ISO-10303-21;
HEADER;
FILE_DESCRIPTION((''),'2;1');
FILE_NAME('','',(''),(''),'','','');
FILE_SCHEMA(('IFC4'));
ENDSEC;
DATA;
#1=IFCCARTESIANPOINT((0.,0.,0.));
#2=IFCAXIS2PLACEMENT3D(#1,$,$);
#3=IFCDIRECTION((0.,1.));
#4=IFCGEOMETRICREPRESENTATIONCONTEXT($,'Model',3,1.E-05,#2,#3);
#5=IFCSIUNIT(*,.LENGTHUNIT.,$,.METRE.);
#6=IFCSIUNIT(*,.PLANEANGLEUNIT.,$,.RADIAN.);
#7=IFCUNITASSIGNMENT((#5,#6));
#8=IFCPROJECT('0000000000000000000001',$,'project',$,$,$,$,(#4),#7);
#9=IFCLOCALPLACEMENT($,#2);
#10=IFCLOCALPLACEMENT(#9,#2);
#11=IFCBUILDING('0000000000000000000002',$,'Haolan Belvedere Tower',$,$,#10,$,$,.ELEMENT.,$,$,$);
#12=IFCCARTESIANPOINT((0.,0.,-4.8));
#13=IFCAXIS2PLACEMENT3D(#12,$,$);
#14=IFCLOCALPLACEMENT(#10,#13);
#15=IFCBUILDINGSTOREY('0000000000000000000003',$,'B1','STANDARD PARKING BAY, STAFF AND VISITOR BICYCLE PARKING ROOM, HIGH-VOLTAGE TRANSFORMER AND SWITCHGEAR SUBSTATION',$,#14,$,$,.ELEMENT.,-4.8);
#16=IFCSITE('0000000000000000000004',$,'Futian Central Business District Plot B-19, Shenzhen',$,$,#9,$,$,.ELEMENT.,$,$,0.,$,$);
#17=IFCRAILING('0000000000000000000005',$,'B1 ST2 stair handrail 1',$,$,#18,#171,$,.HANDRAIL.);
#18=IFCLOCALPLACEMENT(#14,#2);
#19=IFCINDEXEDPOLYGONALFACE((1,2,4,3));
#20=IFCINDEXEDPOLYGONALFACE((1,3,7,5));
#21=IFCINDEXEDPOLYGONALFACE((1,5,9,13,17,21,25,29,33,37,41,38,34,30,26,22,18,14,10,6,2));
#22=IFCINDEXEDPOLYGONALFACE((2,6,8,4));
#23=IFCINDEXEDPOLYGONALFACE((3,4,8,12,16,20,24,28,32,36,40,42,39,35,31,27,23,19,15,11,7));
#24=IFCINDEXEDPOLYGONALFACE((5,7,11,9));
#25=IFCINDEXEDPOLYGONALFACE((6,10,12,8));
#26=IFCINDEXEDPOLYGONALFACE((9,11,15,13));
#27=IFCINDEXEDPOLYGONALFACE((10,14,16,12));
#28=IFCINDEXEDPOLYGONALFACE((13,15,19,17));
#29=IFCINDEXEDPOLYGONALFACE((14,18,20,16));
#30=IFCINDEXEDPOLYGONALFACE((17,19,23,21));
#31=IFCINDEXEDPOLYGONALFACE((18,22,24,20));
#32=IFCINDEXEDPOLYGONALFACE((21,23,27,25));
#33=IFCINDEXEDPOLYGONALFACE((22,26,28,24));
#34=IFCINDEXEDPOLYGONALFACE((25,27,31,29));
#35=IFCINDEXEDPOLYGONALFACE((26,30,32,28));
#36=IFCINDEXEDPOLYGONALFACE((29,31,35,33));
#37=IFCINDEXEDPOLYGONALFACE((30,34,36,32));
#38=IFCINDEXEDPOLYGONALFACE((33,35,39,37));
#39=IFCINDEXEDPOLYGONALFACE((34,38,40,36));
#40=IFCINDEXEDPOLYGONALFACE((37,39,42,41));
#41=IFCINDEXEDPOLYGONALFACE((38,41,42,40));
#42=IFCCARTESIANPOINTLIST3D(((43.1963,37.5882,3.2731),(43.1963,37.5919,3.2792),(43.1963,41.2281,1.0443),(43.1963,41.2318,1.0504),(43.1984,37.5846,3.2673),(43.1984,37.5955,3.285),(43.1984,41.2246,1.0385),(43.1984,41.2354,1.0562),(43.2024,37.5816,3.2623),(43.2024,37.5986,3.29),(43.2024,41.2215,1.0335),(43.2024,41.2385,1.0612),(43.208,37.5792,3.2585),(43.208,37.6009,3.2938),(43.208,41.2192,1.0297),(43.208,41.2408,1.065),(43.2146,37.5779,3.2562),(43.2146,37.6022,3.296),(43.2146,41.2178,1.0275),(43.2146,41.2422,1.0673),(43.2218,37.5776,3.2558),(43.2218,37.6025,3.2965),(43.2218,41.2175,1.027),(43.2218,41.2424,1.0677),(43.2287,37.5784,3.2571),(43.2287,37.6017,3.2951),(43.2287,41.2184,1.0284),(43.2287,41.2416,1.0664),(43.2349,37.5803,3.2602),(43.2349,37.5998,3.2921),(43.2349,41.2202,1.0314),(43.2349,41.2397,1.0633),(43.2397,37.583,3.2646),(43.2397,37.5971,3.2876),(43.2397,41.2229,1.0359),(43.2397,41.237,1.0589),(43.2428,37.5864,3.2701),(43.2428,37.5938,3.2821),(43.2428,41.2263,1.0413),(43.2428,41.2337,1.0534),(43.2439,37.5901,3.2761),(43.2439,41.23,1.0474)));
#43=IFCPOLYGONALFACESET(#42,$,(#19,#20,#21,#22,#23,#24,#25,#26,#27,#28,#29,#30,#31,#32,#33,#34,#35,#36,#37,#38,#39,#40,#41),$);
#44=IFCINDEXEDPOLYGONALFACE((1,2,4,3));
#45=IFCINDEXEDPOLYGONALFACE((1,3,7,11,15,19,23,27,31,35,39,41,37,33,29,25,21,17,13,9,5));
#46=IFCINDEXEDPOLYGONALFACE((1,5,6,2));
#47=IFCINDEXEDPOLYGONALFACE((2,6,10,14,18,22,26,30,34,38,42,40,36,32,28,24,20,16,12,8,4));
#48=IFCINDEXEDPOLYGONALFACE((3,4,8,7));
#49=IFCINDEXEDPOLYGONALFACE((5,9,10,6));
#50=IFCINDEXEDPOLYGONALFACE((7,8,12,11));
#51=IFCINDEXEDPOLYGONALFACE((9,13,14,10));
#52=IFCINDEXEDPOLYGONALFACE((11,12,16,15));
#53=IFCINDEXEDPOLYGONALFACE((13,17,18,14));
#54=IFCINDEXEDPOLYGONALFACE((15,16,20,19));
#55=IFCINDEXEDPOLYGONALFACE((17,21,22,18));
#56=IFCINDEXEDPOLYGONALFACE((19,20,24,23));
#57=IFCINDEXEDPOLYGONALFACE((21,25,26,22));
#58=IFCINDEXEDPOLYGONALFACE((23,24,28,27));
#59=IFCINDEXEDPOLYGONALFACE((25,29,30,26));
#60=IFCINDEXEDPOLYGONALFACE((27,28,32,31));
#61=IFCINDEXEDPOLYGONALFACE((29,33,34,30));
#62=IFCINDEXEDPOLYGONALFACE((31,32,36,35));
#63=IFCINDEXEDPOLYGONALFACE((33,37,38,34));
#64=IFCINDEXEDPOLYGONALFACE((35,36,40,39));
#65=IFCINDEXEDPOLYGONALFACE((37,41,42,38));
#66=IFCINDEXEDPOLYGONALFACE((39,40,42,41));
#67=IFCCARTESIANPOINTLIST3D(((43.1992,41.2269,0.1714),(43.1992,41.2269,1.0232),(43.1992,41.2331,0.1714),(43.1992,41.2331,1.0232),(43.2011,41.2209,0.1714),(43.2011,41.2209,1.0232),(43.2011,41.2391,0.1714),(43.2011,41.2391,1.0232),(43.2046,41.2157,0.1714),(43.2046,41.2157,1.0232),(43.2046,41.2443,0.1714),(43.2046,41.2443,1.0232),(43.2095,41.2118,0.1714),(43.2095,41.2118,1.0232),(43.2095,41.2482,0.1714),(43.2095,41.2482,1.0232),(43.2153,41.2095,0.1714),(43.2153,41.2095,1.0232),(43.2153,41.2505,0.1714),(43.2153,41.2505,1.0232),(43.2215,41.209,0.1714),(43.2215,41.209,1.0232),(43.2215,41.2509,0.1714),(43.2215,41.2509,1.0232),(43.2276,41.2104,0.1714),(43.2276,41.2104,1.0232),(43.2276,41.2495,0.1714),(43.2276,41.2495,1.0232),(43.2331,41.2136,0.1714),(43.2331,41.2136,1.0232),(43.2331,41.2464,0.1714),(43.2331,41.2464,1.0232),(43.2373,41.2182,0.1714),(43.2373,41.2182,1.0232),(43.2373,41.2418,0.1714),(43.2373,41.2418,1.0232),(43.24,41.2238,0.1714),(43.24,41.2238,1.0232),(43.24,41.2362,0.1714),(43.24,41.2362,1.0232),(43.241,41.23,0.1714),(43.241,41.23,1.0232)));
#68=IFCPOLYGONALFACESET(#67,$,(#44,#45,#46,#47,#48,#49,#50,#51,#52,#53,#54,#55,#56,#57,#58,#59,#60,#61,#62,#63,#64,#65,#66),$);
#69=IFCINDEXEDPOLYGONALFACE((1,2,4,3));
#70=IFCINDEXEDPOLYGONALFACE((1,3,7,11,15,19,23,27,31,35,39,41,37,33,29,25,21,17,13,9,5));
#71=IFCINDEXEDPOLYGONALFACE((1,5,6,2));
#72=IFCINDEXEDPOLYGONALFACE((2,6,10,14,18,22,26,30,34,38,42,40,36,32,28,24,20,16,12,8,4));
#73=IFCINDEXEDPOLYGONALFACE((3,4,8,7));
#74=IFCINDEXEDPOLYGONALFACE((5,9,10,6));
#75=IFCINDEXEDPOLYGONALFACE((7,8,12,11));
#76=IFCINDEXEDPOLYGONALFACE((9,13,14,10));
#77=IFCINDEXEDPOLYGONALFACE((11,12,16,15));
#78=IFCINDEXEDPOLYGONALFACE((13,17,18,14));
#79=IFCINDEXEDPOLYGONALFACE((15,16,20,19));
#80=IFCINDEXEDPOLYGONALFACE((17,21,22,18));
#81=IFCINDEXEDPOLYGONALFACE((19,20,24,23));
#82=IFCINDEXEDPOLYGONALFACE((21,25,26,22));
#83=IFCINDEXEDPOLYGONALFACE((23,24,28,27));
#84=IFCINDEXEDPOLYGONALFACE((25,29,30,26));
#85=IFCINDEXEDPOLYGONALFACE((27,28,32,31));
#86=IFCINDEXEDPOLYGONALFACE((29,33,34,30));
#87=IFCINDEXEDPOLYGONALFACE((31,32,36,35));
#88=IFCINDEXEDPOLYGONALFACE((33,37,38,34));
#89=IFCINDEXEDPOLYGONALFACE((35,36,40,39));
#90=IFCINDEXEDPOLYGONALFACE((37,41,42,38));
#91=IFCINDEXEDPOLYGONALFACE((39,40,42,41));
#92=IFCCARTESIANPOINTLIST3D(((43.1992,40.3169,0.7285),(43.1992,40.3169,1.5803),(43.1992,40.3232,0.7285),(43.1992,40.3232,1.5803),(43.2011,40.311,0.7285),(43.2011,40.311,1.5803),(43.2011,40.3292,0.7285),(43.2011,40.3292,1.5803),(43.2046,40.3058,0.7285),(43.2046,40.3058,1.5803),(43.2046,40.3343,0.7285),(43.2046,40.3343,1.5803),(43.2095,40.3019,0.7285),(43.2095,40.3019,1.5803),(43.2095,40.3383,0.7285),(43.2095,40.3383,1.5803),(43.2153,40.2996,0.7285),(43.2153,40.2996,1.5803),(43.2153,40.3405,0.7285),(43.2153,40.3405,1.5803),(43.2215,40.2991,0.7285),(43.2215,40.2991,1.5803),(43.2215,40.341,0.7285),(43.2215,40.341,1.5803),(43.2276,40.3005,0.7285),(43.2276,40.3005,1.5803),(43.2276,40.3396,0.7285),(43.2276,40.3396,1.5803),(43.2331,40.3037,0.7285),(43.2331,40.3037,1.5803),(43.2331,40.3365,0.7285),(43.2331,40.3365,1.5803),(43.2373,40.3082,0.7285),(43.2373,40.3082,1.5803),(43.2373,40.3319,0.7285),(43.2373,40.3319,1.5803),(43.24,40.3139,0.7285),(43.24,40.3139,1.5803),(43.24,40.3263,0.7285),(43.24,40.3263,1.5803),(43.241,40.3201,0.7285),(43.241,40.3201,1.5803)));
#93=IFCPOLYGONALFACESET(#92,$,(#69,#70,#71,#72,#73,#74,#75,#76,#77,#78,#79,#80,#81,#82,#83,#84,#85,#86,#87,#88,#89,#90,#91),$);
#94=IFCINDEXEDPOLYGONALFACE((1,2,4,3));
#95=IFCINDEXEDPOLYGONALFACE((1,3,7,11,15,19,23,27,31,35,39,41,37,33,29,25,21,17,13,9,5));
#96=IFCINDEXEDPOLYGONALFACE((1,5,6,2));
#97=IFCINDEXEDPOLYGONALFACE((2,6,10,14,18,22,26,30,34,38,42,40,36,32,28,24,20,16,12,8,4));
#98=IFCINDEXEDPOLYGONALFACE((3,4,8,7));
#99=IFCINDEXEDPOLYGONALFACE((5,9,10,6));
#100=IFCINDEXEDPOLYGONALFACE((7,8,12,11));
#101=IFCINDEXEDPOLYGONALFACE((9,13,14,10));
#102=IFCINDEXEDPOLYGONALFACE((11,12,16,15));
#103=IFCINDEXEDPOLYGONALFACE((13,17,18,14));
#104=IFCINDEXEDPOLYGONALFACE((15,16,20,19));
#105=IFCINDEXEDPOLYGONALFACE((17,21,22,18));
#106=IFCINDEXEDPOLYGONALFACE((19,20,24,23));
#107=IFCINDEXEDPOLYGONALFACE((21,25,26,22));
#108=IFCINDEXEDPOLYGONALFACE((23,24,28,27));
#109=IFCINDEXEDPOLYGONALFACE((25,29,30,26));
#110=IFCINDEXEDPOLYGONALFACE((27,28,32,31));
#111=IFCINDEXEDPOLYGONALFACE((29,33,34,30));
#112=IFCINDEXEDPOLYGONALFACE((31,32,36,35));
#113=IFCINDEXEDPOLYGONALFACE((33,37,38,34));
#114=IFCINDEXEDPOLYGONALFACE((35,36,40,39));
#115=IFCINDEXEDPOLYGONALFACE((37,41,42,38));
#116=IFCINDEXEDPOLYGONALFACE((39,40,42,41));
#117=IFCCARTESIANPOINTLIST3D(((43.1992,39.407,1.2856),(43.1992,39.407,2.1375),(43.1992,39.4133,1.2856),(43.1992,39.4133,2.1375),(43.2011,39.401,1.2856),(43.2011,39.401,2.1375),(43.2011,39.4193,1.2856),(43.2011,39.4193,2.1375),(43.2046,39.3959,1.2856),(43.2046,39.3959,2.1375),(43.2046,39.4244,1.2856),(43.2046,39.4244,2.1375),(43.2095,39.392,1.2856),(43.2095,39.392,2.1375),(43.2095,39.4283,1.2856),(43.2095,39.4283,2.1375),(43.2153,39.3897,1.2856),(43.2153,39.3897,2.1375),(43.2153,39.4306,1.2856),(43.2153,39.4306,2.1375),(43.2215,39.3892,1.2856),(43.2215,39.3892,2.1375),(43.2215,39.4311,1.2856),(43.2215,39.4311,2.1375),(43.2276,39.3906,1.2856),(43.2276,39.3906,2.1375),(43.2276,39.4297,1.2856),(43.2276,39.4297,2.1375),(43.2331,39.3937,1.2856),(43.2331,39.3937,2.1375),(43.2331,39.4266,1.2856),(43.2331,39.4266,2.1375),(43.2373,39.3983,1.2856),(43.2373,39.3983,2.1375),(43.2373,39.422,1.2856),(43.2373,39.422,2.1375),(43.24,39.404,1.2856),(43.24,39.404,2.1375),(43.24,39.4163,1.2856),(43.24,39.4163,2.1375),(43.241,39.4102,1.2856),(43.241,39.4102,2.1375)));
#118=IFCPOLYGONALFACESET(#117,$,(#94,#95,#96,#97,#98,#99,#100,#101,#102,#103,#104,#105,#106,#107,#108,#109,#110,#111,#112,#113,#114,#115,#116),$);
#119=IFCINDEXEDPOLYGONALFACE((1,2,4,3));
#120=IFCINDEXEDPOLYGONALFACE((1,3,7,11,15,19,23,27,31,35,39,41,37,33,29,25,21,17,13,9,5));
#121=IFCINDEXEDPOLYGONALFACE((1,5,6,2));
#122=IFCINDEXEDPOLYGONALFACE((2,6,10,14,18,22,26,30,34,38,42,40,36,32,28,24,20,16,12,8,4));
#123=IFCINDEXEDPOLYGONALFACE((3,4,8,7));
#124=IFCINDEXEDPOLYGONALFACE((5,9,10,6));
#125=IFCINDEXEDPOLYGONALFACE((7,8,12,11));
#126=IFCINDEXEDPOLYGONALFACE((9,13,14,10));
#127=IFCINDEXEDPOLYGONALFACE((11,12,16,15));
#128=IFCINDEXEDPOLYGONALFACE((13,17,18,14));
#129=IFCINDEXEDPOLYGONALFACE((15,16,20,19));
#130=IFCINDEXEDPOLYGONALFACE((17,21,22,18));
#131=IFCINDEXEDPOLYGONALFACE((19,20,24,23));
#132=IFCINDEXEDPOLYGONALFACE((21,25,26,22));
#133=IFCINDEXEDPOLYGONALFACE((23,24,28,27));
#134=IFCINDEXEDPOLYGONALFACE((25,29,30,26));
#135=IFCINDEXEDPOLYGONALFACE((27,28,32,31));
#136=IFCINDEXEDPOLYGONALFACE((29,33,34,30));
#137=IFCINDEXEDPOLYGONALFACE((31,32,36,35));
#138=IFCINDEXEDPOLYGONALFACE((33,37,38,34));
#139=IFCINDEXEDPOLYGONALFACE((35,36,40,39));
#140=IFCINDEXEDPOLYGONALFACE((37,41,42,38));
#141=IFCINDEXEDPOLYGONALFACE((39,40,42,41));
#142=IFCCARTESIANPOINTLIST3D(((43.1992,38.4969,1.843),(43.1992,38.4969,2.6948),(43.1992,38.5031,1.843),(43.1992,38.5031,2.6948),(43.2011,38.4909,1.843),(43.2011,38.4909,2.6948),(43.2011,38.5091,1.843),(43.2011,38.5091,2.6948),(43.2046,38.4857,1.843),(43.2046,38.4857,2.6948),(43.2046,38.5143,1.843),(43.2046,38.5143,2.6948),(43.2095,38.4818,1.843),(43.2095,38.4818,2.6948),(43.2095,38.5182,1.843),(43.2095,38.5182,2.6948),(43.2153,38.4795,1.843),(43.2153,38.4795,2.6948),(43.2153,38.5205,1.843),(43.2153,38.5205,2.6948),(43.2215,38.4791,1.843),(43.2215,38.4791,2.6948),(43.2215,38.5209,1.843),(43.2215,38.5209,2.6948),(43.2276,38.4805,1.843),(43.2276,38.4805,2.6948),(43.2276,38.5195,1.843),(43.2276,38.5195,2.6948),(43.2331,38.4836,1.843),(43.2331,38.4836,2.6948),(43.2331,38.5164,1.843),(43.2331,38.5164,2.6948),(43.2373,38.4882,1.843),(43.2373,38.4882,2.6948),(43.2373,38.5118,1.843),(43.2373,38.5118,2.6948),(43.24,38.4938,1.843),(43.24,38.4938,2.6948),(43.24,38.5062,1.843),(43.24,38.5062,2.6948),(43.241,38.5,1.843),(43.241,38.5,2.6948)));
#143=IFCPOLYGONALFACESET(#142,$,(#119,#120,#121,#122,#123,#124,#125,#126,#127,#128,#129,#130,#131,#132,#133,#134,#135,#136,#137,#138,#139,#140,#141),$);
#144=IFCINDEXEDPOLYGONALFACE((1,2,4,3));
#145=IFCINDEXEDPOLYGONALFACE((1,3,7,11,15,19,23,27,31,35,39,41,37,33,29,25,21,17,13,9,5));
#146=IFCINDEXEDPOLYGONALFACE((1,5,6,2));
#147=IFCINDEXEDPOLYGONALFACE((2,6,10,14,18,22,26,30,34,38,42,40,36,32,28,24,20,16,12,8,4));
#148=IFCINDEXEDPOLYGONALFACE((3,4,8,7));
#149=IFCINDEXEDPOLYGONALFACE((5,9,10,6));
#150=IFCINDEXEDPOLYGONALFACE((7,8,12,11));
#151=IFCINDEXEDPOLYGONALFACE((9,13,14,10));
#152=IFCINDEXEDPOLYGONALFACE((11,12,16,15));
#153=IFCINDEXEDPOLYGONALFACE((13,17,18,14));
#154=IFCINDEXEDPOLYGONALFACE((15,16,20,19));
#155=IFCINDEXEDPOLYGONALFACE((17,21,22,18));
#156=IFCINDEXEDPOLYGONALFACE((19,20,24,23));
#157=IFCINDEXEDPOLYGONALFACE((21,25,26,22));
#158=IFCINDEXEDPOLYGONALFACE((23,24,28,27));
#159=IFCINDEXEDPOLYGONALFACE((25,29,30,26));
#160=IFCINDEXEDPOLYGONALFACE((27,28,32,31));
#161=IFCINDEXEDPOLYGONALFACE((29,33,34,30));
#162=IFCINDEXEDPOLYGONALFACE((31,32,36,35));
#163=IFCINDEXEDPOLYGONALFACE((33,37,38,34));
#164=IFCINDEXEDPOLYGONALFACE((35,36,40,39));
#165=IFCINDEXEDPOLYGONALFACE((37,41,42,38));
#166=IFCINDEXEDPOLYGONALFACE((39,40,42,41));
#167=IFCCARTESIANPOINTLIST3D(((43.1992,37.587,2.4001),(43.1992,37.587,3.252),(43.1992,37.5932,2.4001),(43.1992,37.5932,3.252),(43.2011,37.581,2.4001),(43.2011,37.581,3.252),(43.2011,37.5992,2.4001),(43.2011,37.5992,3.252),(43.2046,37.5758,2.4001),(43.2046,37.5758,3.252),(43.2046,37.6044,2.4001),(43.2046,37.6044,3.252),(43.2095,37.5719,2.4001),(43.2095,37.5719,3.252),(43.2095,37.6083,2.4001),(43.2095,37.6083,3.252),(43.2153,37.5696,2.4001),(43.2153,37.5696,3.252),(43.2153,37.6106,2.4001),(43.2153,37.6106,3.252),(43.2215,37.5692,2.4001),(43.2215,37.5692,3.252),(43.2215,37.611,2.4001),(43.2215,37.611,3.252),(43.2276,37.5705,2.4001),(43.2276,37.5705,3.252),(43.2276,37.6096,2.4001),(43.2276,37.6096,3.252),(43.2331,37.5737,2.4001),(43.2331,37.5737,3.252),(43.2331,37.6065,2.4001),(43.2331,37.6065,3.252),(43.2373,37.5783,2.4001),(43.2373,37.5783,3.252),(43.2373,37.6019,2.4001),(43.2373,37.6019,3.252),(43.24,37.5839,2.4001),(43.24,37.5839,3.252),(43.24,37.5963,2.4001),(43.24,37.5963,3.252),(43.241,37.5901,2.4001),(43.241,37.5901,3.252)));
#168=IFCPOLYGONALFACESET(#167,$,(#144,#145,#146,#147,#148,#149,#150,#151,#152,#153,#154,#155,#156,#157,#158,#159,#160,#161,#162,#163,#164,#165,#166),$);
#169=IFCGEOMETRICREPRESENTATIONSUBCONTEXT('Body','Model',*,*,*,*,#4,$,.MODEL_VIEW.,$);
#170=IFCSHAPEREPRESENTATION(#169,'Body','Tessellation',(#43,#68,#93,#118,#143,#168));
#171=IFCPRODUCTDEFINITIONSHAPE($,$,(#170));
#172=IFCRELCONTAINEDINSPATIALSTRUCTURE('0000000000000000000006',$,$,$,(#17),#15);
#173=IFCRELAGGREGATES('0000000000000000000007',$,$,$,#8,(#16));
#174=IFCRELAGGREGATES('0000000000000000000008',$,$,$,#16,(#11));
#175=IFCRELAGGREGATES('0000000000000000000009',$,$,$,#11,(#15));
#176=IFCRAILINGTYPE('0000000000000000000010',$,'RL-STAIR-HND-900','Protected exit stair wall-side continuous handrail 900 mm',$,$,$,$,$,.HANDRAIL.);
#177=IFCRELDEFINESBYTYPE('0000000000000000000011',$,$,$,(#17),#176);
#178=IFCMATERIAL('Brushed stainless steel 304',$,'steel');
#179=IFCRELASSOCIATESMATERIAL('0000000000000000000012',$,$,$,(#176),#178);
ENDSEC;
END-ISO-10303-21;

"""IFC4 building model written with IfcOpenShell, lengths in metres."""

from ifc_helpers import new_model, si_unit, direction, frame, origin, origin_2d, place, context, subcontext, project, spatial, circle, extrude, material, type_object, element, save


model = new_model("IFC4")

# Units and contexts
model_context = context("Model", 3, precision=1e-05, world=origin(), true_north=direction((0.0, 1.0)))
body_context = subcontext(model_context, "Body", "Model", "MODEL_VIEW")
ifc_project = project(units=[si_unit("LENGTHUNIT", "METRE"), si_unit("PLANEANGLEUNIT", "RADIAN")], contexts=[model_context])

# Site, building, storey
site_placement = place(None, origin())
site = spatial("IfcSite", under=ifc_project, at=site_placement, Name="Futian Central Business District Plot B-19, Shenzhen", CompositionType="ELEMENT", RefElevation=0.0)
building_placement = place(site_placement, origin())
building = spatial("IfcBuilding", under=site, at=building_placement, Name="Haolan Belvedere Tower", CompositionType="ELEMENT")
storey_placement = place(building_placement, frame((0.0, 0.0, -4.8)))
storey = spatial("IfcBuildingStorey", under=building, at=storey_placement, Name="B1", Description="STANDARD PARKING BAY, STAFF AND VISITOR BICYCLE PARKING ROOM, HIGH-VOLTAGE TRANSFORMER AND SWITCHGEAR SUBSTATION", CompositionType="ELEMENT", Elevation=-4.8)

# Railing
ifc_material_1 = material(Name="Brushed stainless steel 304", Category="steel")
railing_type_1 = type_object("IfcRailingType", Name="RL-STAIR-HND-900", Description="Protected exit stair wall-side continuous handrail 900 mm", PredefinedType="HANDRAIL", material=ifc_material_1)
railing_1_placement = place(storey_placement, frame((43.22, 41.23, 0.1714)))
element("IfcRailing", 1, at=railing_1_placement, inside=storey, type_object=railing_type_1, Name="B1 ST2 stair handrail 1", PredefinedType="HANDRAIL", context=body_context, shape_type="SweptSolid", body=[
    extrude(circle(Radius=0.0239, at=origin_2d()), frame((0.0, 0.0, 0.876), z_axis=(0.0, -0.852825, 0.522197), x_axis=(1.0, 0.0, 0.0)), (0.0, 0.0, 1.0), 4.2681),
    extrude(circle(Radius=0.021, at=origin_2d()), origin(), (0.0, 0.0, 1.0), 0.8518),
    extrude(circle(Radius=0.021, at=origin_2d()), frame((0.0, -0.9099, 0.5571)), (0.0, 0.0, 1.0), 0.8518),
    extrude(circle(Radius=0.021, at=origin_2d()), frame((0.0, -1.8198, 1.1143)), (0.0, 0.0, 1.0), 0.8518),
    extrude(circle(Radius=0.021, at=origin_2d()), frame((0.0, -2.73, 1.6716)), (0.0, 0.0, 1.0), 0.8518),
    extrude(circle(Radius=0.021, at=origin_2d()), frame((0.0, -3.6399, 2.2288)), (0.0, 0.0, 1.0), 0.8518),
])

save(model, "model.ifc")
